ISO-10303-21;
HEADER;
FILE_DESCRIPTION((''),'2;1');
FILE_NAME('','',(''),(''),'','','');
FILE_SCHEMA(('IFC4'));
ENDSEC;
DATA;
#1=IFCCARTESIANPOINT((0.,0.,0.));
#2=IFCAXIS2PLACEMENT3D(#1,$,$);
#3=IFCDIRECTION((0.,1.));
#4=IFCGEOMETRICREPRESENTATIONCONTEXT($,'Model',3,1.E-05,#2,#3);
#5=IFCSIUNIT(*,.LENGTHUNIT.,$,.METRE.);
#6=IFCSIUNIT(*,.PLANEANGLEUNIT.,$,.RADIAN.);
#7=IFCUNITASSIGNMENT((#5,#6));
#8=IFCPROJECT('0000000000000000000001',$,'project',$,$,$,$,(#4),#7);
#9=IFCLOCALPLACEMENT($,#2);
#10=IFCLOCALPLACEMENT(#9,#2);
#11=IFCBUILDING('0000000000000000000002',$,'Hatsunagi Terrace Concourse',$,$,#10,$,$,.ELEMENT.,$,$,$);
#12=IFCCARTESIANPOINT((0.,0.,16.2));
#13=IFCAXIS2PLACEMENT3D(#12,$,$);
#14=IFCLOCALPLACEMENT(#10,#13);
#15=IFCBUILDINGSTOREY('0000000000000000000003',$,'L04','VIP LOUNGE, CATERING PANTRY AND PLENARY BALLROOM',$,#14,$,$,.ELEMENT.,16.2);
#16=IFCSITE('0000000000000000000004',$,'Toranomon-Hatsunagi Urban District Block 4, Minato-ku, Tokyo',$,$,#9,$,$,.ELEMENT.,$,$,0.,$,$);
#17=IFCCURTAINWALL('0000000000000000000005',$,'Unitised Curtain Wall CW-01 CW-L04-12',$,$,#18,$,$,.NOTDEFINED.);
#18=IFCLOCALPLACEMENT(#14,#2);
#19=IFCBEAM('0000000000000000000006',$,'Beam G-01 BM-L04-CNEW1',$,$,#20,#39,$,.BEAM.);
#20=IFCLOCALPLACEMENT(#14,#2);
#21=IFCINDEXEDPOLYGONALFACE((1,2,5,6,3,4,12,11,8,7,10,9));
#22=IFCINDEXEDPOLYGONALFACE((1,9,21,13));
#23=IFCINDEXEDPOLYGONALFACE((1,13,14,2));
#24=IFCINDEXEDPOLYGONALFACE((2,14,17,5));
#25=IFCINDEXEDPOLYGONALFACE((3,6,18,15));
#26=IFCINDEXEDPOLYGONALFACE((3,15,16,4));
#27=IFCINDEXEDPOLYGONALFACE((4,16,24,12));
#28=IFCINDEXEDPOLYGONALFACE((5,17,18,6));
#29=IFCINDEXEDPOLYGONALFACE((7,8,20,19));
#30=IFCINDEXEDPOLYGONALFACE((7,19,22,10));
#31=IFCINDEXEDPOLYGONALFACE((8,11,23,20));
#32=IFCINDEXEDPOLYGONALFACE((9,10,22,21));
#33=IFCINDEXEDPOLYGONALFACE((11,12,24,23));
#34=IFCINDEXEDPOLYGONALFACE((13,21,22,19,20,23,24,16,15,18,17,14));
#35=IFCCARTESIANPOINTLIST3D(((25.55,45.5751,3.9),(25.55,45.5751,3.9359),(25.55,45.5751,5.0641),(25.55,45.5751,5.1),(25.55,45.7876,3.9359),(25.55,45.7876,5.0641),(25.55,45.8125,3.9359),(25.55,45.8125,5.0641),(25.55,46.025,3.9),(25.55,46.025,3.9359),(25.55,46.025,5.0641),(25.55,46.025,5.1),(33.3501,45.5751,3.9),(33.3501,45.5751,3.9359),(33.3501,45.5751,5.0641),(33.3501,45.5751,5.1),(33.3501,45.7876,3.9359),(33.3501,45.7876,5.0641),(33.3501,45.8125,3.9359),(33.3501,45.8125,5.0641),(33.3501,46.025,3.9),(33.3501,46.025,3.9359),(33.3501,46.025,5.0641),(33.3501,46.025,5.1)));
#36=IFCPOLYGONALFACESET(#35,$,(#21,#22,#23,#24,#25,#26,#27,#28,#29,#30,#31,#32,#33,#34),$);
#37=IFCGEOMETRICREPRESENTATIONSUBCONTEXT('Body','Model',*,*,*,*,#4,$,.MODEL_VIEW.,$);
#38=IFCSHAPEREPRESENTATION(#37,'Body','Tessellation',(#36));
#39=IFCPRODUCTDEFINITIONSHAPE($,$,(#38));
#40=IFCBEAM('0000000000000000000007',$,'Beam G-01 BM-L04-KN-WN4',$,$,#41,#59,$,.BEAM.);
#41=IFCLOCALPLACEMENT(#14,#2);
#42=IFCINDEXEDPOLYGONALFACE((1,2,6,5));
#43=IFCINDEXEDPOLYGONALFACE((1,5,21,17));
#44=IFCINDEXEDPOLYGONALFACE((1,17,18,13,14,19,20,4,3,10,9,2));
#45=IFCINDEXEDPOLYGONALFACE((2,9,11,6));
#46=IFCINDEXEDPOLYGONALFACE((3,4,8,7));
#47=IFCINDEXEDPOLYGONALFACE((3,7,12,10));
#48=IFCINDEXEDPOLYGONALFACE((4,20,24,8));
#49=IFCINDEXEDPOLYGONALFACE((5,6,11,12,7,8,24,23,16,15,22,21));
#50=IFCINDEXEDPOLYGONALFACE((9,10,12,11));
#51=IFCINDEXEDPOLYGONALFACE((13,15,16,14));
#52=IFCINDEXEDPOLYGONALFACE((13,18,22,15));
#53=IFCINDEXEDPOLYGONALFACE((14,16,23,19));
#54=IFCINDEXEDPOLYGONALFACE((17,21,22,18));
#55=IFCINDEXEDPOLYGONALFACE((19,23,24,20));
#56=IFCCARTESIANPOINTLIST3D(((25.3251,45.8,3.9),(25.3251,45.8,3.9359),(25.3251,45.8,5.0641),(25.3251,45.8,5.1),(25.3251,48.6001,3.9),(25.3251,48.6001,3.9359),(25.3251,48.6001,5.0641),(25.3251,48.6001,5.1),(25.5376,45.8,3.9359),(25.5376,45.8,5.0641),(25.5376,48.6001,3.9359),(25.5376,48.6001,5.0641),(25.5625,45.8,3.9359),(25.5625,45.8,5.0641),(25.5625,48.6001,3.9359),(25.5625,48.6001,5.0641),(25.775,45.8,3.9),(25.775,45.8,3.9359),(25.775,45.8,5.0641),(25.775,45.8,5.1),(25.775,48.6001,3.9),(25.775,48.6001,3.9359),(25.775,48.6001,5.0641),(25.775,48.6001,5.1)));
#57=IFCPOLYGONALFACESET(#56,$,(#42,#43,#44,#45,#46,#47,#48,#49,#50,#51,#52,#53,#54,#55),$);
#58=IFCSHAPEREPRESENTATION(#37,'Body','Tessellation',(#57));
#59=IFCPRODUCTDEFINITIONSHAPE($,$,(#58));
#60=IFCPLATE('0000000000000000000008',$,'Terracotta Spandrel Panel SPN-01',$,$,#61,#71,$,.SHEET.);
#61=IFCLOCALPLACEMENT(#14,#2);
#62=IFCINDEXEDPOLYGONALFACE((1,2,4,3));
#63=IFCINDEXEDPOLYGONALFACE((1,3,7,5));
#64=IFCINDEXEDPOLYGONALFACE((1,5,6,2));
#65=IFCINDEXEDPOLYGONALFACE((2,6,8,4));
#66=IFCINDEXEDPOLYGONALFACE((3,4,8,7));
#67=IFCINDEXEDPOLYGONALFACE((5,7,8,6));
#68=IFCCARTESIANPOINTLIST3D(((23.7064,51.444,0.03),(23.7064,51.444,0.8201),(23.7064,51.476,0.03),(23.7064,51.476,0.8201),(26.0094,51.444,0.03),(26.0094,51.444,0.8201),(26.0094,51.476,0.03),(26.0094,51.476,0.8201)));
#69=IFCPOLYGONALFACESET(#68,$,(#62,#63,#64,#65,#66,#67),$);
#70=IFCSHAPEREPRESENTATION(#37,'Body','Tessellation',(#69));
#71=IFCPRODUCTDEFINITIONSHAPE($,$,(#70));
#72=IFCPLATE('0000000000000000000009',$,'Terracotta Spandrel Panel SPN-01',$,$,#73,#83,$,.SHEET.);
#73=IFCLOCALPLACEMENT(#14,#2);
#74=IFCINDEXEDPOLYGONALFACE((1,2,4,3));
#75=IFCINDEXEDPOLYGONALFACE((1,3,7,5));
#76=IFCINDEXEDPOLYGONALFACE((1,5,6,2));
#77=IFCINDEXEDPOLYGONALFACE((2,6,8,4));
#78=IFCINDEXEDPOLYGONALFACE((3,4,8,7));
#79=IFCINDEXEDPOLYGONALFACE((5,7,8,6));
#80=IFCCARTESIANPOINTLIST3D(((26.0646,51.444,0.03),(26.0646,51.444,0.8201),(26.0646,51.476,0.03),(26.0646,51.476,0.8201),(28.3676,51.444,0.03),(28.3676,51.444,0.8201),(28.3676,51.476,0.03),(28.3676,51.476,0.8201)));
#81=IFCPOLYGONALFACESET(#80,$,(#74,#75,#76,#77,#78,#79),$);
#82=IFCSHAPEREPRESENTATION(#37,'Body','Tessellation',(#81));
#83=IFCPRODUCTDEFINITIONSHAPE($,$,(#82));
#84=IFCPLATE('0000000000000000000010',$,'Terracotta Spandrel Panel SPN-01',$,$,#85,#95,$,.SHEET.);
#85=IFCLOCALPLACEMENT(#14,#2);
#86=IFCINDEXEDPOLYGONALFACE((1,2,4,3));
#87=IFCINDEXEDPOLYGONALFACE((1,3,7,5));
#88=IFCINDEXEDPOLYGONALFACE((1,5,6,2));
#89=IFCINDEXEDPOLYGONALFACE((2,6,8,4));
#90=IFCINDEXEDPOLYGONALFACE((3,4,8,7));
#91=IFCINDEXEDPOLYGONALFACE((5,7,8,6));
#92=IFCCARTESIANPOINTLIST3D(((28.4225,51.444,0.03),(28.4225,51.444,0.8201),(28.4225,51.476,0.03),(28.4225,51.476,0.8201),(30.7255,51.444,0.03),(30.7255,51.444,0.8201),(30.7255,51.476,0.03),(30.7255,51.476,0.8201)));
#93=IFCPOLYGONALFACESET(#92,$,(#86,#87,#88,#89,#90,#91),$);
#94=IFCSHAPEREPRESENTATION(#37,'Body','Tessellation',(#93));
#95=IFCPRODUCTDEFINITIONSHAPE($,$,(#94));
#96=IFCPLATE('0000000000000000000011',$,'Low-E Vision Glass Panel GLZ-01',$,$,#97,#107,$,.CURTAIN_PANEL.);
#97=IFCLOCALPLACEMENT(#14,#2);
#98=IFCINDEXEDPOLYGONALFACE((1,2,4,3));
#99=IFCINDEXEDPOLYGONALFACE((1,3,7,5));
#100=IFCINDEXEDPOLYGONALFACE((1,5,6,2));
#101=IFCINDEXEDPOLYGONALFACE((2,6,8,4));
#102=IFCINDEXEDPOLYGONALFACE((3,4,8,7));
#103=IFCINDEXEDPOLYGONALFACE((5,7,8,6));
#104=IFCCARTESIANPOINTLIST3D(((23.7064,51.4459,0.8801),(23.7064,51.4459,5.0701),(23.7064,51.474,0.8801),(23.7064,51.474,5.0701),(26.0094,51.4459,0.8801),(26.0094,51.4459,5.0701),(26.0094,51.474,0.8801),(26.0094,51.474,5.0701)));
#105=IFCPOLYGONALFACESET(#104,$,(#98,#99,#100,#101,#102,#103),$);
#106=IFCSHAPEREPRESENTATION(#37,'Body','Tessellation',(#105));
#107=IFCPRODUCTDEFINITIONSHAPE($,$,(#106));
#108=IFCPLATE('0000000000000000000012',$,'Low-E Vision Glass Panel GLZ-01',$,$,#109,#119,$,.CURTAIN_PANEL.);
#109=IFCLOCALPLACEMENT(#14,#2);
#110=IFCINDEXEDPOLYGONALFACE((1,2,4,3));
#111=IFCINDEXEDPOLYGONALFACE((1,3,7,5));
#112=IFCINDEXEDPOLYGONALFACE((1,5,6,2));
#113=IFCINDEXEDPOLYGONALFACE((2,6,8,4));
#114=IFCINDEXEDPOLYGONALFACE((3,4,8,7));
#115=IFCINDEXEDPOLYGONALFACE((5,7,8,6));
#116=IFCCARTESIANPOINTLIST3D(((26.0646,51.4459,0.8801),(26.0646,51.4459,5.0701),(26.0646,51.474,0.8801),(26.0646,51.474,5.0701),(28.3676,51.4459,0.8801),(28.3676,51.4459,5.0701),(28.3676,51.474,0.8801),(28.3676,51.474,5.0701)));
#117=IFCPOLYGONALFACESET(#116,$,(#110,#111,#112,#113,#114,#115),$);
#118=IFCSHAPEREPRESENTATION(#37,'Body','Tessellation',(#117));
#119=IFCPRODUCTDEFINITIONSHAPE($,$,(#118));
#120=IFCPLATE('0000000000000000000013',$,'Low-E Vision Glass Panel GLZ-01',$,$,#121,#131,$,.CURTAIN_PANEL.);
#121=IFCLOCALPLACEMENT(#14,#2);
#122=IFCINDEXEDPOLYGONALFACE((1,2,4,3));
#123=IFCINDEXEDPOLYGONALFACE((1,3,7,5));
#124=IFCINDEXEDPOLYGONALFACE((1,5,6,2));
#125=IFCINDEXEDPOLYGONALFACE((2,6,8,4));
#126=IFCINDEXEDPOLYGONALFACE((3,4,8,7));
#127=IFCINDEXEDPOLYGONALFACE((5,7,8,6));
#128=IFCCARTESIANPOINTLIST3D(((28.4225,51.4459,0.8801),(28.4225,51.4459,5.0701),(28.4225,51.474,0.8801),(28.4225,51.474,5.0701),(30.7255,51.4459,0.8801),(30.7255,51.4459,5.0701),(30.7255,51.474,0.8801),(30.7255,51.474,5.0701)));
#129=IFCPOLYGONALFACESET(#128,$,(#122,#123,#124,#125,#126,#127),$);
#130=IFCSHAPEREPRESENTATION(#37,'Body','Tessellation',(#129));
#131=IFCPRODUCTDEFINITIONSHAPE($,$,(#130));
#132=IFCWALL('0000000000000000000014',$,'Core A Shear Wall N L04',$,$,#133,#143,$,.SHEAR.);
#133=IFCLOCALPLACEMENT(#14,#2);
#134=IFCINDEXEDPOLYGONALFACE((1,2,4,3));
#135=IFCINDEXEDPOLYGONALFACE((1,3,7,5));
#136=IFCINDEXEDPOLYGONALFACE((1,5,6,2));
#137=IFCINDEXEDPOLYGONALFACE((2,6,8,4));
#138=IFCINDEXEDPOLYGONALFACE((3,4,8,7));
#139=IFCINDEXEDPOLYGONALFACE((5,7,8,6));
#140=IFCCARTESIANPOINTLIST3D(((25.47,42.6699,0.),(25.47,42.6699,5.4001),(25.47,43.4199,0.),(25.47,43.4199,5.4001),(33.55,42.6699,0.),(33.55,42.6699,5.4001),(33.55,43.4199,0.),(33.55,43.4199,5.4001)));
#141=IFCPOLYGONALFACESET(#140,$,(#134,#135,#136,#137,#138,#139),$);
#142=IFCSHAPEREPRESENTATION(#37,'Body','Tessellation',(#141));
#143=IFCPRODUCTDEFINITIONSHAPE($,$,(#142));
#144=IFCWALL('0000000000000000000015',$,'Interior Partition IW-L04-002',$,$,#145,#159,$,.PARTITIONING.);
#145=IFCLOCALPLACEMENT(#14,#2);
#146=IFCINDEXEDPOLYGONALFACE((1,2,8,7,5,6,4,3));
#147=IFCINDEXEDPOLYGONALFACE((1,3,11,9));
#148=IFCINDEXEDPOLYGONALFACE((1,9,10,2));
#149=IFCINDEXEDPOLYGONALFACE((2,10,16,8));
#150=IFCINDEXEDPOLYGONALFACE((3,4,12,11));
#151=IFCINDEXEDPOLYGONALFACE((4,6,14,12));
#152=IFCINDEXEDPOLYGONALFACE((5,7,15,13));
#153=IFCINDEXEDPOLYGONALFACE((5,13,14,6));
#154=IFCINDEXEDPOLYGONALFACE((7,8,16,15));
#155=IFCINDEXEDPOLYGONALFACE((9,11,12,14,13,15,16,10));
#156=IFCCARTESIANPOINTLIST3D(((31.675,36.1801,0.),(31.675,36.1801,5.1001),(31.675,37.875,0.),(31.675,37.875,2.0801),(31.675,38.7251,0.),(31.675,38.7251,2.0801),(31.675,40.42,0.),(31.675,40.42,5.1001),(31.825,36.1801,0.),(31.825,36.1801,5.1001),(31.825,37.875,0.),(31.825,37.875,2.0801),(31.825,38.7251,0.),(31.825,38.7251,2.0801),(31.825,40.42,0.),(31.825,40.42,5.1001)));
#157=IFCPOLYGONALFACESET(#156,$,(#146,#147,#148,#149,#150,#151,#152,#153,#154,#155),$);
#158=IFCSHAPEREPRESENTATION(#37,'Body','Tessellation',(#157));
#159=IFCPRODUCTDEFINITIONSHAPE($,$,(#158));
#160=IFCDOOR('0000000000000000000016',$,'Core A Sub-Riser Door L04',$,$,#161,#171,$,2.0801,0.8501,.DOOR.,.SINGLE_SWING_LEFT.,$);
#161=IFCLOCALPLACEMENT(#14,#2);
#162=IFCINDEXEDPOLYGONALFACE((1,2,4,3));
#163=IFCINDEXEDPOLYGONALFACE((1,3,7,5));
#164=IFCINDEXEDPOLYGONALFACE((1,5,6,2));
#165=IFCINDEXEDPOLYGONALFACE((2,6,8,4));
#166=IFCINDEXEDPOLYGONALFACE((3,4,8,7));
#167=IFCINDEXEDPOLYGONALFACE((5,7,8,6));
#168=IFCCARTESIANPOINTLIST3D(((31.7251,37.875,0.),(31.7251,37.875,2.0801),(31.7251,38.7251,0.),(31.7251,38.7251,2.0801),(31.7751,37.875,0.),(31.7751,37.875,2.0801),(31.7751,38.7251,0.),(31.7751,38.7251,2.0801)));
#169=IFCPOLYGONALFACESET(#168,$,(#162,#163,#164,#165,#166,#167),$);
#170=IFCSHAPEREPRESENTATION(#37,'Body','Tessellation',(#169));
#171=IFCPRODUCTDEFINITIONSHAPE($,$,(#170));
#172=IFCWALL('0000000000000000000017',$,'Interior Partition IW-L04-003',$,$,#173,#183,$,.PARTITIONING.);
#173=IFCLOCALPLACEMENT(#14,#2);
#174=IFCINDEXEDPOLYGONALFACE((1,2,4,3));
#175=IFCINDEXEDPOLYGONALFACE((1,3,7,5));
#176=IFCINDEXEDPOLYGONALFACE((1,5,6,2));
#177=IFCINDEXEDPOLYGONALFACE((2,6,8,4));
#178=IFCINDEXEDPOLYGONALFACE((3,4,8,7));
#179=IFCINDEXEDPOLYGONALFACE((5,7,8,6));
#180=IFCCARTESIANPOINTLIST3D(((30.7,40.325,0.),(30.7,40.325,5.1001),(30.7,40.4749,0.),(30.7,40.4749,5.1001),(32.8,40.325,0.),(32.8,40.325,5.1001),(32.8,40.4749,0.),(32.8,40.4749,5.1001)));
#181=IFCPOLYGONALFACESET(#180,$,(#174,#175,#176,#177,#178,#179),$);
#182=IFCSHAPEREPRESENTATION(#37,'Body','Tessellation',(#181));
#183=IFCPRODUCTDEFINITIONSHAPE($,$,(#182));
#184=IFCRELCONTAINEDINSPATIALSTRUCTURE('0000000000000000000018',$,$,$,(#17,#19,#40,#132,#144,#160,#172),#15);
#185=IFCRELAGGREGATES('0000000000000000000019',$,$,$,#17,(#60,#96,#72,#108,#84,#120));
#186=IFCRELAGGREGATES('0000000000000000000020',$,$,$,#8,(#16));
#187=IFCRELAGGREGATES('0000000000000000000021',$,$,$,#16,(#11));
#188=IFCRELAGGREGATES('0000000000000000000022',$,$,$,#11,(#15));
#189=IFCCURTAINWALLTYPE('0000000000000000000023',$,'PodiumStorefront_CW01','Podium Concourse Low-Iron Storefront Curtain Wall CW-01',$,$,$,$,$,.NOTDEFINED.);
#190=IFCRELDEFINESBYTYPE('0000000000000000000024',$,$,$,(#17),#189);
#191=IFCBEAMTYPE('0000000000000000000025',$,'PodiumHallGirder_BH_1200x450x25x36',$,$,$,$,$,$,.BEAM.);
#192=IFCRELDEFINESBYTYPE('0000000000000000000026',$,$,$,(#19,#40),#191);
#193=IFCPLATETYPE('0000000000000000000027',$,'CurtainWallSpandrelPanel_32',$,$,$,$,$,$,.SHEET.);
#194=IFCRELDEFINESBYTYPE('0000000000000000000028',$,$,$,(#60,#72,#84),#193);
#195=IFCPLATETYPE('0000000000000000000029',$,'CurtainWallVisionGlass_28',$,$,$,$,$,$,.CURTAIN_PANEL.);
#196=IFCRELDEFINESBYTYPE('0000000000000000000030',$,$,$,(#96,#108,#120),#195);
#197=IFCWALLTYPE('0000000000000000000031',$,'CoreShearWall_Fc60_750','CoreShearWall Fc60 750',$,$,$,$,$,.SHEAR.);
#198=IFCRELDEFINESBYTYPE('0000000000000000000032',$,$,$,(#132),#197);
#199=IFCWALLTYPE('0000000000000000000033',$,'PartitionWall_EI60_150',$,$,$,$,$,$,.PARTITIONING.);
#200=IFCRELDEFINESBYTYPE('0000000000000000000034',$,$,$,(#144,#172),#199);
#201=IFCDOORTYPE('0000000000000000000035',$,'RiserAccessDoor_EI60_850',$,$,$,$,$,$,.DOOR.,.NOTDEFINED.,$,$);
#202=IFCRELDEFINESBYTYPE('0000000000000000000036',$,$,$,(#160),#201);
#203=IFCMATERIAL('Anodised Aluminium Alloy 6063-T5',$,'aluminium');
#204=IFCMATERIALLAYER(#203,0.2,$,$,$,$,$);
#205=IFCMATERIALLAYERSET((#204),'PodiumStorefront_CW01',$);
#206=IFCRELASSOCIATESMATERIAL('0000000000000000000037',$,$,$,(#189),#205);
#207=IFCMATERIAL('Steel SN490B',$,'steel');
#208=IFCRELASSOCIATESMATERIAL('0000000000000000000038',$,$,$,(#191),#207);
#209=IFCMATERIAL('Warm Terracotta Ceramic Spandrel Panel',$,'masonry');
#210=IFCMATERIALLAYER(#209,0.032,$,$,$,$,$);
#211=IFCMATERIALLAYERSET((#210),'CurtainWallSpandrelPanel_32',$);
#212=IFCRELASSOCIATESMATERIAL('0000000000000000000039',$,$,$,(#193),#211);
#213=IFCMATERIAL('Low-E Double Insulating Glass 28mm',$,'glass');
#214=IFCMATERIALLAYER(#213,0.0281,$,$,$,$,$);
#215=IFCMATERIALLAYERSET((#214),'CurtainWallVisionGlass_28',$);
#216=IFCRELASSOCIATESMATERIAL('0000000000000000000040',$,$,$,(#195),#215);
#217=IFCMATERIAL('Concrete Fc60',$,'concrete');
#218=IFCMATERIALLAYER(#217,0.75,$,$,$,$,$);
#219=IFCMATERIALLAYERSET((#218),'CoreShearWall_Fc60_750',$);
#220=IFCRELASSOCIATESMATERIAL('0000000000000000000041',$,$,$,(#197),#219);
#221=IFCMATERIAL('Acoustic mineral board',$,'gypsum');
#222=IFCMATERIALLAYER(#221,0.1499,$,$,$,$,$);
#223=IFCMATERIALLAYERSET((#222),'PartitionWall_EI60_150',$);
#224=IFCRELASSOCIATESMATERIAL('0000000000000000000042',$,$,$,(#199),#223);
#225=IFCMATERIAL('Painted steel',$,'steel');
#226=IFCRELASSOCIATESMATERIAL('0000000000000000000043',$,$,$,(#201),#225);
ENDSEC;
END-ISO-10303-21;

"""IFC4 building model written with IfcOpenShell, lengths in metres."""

from ifc_helpers import new_model, si_unit, direction, frame, frame_2d, origin, origin_2d, place, context, subcontext, project, spatial, rectangle, i_section, extrude, material, layer, layer_set, material_profile, profile_set, type_object, element, fill, aggregate, save


model = new_model("IFC4")

# Units and contexts
model_context = context("Model", 3, precision=1e-05, world=origin(), true_north=direction((0.0, 1.0)))
body_context = subcontext(model_context, "Body", "Model", "MODEL_VIEW")
ifc_project = project(units=[si_unit("LENGTHUNIT", "METRE"), si_unit("PLANEANGLEUNIT", "RADIAN")], contexts=[model_context])

# Site, building, storey
site_placement = place(None, origin())
site = spatial("IfcSite", under=ifc_project, at=site_placement, Name="Toranomon-Hatsunagi Urban District Block 4, Minato-ku, Tokyo", CompositionType="ELEMENT", RefElevation=0.0)
building_placement = place(site_placement, origin())
building = spatial("IfcBuilding", under=site, at=building_placement, Name="Hatsunagi Terrace Concourse", CompositionType="ELEMENT")
storey_placement = place(building_placement, frame((0.0, 0.0, 16.2)))
storey = spatial("IfcBuildingStorey", under=building, at=storey_placement, Name="L04", Description="VIP LOUNGE, CATERING PANTRY AND PLENARY BALLROOM", CompositionType="ELEMENT", Elevation=16.2)

# Curtain wall
ifc_material_1 = material(Name="Anodised Aluminium Alloy 6063-T5", Category="aluminium")
ifc_layer_1 = layer(ifc_material_1, 0.2)
ifc_layer_set_1 = layer_set([ifc_layer_1], Name="PodiumStorefront_CW01")
curtain_wall_type = type_object("IfcCurtainWallType", Name="PodiumStorefront_CW01", Description="Podium Concourse Low-Iron Storefront Curtain Wall CW-01", PredefinedType="NOTDEFINED", material=ifc_layer_set_1)
curtain_wall_placement = place(storey_placement, origin())
curtain_wall = element("IfcCurtainWall", 1, at=curtain_wall_placement, inside=storey, type_object=curtain_wall_type, Name="Unitised Curtain Wall CW-01 CW-L04-12", PredefinedType="NOTDEFINED")

# Beams
ifc_material_2 = material(Name="Steel SN490B", Category="steel")
ifc_material_profile_1 = material_profile(ifc_material_2, i_section(OverallWidth=0.45, OverallDepth=1.2, WebThickness=0.0249, FlangeThickness=0.0359, at=origin_2d()), Name="BH-1200x450x25x36")
ifc_profile_set_1 = profile_set([ifc_material_profile_1], Name="Steel SN490B")
beam_type_1 = type_object("IfcBeamType", Name="PodiumHallGirder_BH_1200x450x25x36", PredefinedType="BEAM", material=ifc_profile_set_1)
beam_1_placement = place(storey_placement, frame((25.55, 45.8, 4.5), z_axis=(1.0, 0.0, 0.0), x_axis=(0.0, 1.0, 0.0)))
element("IfcBeam", 2, at=beam_1_placement, inside=storey, type_object=beam_type_1, Name="Beam G-01 BM-L04-CNEW1", PredefinedType="BEAM", context=body_context, shape_type="SweptSolid", body=[
    extrude(i_section(OverallWidth=0.45, OverallDepth=1.2, WebThickness=0.0249, FlangeThickness=0.0359, at=origin_2d()), origin(), (0.0, 0.0, 1.0), 7.8),
])
beam_2_placement = place(storey_placement, frame((25.55, 45.8, 4.5), z_axis=(0.0, 1.0, 0.0), x_axis=(-1.0, 0.0, 0.0)))
element("IfcBeam", 3, at=beam_2_placement, inside=storey, type_object=beam_type_1, Name="Beam G-01 BM-L04-KN-WN4", PredefinedType="BEAM", context=body_context, shape_type="SweptSolid", body=[
    extrude(i_section(OverallWidth=0.45, OverallDepth=1.2, WebThickness=0.0249, FlangeThickness=0.0359, at=origin_2d()), origin(), (0.0, 0.0, 1.0), 2.8),
])

# Plates
ifc_material_3 = material(Name="Warm Terracotta Ceramic Spandrel Panel", Category="masonry")
ifc_layer_2 = layer(ifc_material_3, 0.032)
ifc_layer_set_2 = layer_set([ifc_layer_2], Name="CurtainWallSpandrelPanel_32")
plate_type_1 = type_object("IfcPlateType", Name="CurtainWallSpandrelPanel_32", PredefinedType="SHEET", material=ifc_layer_set_2)
plate_1_placement = place(storey_placement, frame((24.8579, 51.46, 0.03), z_axis=(0.0, 0.0, 1.0), x_axis=(1.0, 0.0, 0.0)))
plate_1 = element("IfcPlate", 4, at=plate_1_placement, type_object=plate_type_1, Name="Terracotta Spandrel Panel SPN-01", PredefinedType="SHEET", context=body_context, shape_type="SweptSolid", body=[
    extrude(rectangle(XDim=2.303, YDim=0.032, at=origin_2d()), origin(), (0.0, 0.0, 1.0), 0.79),
])
plate_2_placement = place(storey_placement, frame((27.2161, 51.46, 0.03), z_axis=(0.0, 0.0, 1.0), x_axis=(1.0, 0.0, 0.0)))
plate_2 = element("IfcPlate", 5, at=plate_2_placement, type_object=plate_type_1, Name="Terracotta Spandrel Panel SPN-01", PredefinedType="SHEET", context=body_context, shape_type="SweptSolid", body=[
    extrude(rectangle(XDim=2.303, YDim=0.032, at=origin_2d()), origin(), (0.0, 0.0, 1.0), 0.79),
])
plate_3_placement = place(storey_placement, frame((29.574, 51.46, 0.03), z_axis=(0.0, 0.0, 1.0), x_axis=(1.0, 0.0, 0.0)))
plate_3 = element("IfcPlate", 6, at=plate_3_placement, type_object=plate_type_1, Name="Terracotta Spandrel Panel SPN-01", PredefinedType="SHEET", context=body_context, shape_type="SweptSolid", body=[
    extrude(rectangle(XDim=2.303, YDim=0.032, at=origin_2d()), origin(), (0.0, 0.0, 1.0), 0.79),
])
ifc_material_4 = material(Name="Low-E Double Insulating Glass 28mm", Category="glass")
ifc_layer_3 = layer(ifc_material_4, 0.0281)
ifc_layer_set_3 = layer_set([ifc_layer_3], Name="CurtainWallVisionGlass_28")
plate_type_2 = type_object("IfcPlateType", Name="CurtainWallVisionGlass_28", PredefinedType="CURTAIN_PANEL", material=ifc_layer_set_3)
plate_4_placement = place(storey_placement, frame((24.8579, 51.46, 0.8801), z_axis=(0.0, 0.0, 1.0), x_axis=(1.0, 0.0, 0.0)))
plate_4 = element("IfcPlate", 7, at=plate_4_placement, type_object=plate_type_2, Name="Low-E Vision Glass Panel GLZ-01", PredefinedType="CURTAIN_PANEL", context=body_context, shape_type="SweptSolid", body=[
    extrude(rectangle(XDim=2.303, YDim=0.0281, at=origin_2d()), origin(), (0.0, 0.0, 1.0), 4.1899),
])
plate_5_placement = place(storey_placement, frame((27.2161, 51.46, 0.8801), z_axis=(0.0, 0.0, 1.0), x_axis=(1.0, 0.0, 0.0)))
plate_5 = element("IfcPlate", 8, at=plate_5_placement, type_object=plate_type_2, Name="Low-E Vision Glass Panel GLZ-01", PredefinedType="CURTAIN_PANEL", context=body_context, shape_type="SweptSolid", body=[
    extrude(rectangle(XDim=2.303, YDim=0.0281, at=origin_2d()), origin(), (0.0, 0.0, 1.0), 4.1899),
])
plate_6_placement = place(storey_placement, frame((29.574, 51.46, 0.8801), z_axis=(0.0, 0.0, 1.0), x_axis=(1.0, 0.0, 0.0)))
plate_6 = element("IfcPlate", 9, at=plate_6_placement, type_object=plate_type_2, Name="Low-E Vision Glass Panel GLZ-01", PredefinedType="CURTAIN_PANEL", context=body_context, shape_type="SweptSolid", body=[
    extrude(rectangle(XDim=2.303, YDim=0.0281, at=origin_2d()), origin(), (0.0, 0.0, 1.0), 4.1899),
])
aggregate(curtain_wall, [plate_1, plate_4, plate_2, plate_5, plate_3, plate_6])

# Wall
ifc_material_5 = material(Name="Concrete Fc60", Category="concrete")
ifc_layer_4 = layer(ifc_material_5, 0.75)
ifc_layer_set_4 = layer_set([ifc_layer_4], Name="CoreShearWall_Fc60_750")
wall_type_1 = type_object("IfcWallType", Name="CoreShearWall_Fc60_750", Description="CoreShearWall Fc60 750", PredefinedType="SHEAR", material=ifc_layer_set_4)
wall_1_placement = place(storey_placement, frame((25.47, 43.0449, 0.0), z_axis=(0.0, 0.0, 1.0), x_axis=(1.0, 0.0, 0.0)))
element("IfcWall", 10, at=wall_1_placement, inside=storey, type_object=wall_type_1, Name="Core A Shear Wall N L04", PredefinedType="SHEAR", context=body_context, shape_type="SweptSolid", body=[
    extrude(rectangle(XDim=8.0801, YDim=0.75, at=frame_2d((4.04, 0.0))), origin(), (0.0, 0.0, 1.0), 5.4001),
])

# Wall, opening, door
ifc_material_6 = material(Name="Acoustic mineral board", Category="gypsum")
ifc_layer_5 = layer(ifc_material_6, 0.1499)
ifc_layer_set_5 = layer_set([ifc_layer_5], Name="PartitionWall_EI60_150")
wall_type_2 = type_object("IfcWallType", Name="PartitionWall_EI60_150", PredefinedType="PARTITIONING", material=ifc_layer_set_5)
wall_2_placement = place(storey_placement, frame((31.75, 36.1799, 0.0), z_axis=(0.0, 0.0, 1.0), x_axis=(0.0, 1.0, 0.0)))
wall_2 = element("IfcWall", 11, at=wall_2_placement, inside=storey, type_object=wall_type_2, Name="Interior Partition IW-L04-002", PredefinedType="PARTITIONING", context=body_context, shape_type="SweptSolid", body=[
    extrude(rectangle(XDim=4.24, YDim=0.1499, at=frame_2d((2.1201, 0.0))), origin(), (0.0, 0.0, 1.0), 5.1001),
])
opening_1_placement = place(wall_2_placement, frame((1.6951, 0.0, 0.0)))
opening_1 = element("IfcOpeningElement", 12, at=opening_1_placement, cuts=wall_2, PredefinedType="OPENING", context=body_context, shape_type="SweptSolid", body=[
    extrude(rectangle(XDim=0.8501, YDim=2.0801, at=frame_2d((0.425, 1.04))), frame((0.0, 0.085, 0.0), z_axis=(0.0, -1.0, 0.0), x_axis=(1.0, 0.0, 0.0)), (0.0, 0.0, 1.0), 0.1699),
])
ifc_material_7 = material(Name="Painted steel", Category="steel")
door_type_1 = type_object("IfcDoorType", Name="RiserAccessDoor_EI60_850", OperationType="NOTDEFINED", PredefinedType="DOOR", material=ifc_material_7)
door_1_placement = place(opening_1_placement, origin())
door_1 = element("IfcDoor", 13, at=door_1_placement, inside=storey, type_object=door_type_1, Name="Core A Sub-Riser Door L04", OperationType="SINGLE_SWING_LEFT", OverallHeight=2.0801, OverallWidth=0.8501, PredefinedType="DOOR", context=body_context, shape_type="SweptSolid", body=[
    extrude(rectangle(XDim=0.8501, YDim=2.0801, at=frame_2d((0.425, 1.04))), frame((0.0, 0.0249, 0.0), z_axis=(0.0, -1.0, 0.0), x_axis=(1.0, 0.0, 0.0)), (0.0, 0.0, 1.0), 0.05),
])
fill(opening_1, door_1)

# Wall
wall_3_placement = place(storey_placement, frame((30.7, 40.3999, 0.0), z_axis=(0.0, 0.0, 1.0), x_axis=(1.0, 0.0, 0.0)))
element("IfcWall", 14, at=wall_3_placement, inside=storey, type_object=wall_type_2, Name="Interior Partition IW-L04-003", PredefinedType="PARTITIONING", context=body_context, shape_type="SweptSolid", body=[
    extrude(rectangle(XDim=2.1001, YDim=0.1499, at=frame_2d((1.05, 0.0))), origin(), (0.0, 0.0, 1.0), 5.1001),
])

save(model, "model.ifc")
